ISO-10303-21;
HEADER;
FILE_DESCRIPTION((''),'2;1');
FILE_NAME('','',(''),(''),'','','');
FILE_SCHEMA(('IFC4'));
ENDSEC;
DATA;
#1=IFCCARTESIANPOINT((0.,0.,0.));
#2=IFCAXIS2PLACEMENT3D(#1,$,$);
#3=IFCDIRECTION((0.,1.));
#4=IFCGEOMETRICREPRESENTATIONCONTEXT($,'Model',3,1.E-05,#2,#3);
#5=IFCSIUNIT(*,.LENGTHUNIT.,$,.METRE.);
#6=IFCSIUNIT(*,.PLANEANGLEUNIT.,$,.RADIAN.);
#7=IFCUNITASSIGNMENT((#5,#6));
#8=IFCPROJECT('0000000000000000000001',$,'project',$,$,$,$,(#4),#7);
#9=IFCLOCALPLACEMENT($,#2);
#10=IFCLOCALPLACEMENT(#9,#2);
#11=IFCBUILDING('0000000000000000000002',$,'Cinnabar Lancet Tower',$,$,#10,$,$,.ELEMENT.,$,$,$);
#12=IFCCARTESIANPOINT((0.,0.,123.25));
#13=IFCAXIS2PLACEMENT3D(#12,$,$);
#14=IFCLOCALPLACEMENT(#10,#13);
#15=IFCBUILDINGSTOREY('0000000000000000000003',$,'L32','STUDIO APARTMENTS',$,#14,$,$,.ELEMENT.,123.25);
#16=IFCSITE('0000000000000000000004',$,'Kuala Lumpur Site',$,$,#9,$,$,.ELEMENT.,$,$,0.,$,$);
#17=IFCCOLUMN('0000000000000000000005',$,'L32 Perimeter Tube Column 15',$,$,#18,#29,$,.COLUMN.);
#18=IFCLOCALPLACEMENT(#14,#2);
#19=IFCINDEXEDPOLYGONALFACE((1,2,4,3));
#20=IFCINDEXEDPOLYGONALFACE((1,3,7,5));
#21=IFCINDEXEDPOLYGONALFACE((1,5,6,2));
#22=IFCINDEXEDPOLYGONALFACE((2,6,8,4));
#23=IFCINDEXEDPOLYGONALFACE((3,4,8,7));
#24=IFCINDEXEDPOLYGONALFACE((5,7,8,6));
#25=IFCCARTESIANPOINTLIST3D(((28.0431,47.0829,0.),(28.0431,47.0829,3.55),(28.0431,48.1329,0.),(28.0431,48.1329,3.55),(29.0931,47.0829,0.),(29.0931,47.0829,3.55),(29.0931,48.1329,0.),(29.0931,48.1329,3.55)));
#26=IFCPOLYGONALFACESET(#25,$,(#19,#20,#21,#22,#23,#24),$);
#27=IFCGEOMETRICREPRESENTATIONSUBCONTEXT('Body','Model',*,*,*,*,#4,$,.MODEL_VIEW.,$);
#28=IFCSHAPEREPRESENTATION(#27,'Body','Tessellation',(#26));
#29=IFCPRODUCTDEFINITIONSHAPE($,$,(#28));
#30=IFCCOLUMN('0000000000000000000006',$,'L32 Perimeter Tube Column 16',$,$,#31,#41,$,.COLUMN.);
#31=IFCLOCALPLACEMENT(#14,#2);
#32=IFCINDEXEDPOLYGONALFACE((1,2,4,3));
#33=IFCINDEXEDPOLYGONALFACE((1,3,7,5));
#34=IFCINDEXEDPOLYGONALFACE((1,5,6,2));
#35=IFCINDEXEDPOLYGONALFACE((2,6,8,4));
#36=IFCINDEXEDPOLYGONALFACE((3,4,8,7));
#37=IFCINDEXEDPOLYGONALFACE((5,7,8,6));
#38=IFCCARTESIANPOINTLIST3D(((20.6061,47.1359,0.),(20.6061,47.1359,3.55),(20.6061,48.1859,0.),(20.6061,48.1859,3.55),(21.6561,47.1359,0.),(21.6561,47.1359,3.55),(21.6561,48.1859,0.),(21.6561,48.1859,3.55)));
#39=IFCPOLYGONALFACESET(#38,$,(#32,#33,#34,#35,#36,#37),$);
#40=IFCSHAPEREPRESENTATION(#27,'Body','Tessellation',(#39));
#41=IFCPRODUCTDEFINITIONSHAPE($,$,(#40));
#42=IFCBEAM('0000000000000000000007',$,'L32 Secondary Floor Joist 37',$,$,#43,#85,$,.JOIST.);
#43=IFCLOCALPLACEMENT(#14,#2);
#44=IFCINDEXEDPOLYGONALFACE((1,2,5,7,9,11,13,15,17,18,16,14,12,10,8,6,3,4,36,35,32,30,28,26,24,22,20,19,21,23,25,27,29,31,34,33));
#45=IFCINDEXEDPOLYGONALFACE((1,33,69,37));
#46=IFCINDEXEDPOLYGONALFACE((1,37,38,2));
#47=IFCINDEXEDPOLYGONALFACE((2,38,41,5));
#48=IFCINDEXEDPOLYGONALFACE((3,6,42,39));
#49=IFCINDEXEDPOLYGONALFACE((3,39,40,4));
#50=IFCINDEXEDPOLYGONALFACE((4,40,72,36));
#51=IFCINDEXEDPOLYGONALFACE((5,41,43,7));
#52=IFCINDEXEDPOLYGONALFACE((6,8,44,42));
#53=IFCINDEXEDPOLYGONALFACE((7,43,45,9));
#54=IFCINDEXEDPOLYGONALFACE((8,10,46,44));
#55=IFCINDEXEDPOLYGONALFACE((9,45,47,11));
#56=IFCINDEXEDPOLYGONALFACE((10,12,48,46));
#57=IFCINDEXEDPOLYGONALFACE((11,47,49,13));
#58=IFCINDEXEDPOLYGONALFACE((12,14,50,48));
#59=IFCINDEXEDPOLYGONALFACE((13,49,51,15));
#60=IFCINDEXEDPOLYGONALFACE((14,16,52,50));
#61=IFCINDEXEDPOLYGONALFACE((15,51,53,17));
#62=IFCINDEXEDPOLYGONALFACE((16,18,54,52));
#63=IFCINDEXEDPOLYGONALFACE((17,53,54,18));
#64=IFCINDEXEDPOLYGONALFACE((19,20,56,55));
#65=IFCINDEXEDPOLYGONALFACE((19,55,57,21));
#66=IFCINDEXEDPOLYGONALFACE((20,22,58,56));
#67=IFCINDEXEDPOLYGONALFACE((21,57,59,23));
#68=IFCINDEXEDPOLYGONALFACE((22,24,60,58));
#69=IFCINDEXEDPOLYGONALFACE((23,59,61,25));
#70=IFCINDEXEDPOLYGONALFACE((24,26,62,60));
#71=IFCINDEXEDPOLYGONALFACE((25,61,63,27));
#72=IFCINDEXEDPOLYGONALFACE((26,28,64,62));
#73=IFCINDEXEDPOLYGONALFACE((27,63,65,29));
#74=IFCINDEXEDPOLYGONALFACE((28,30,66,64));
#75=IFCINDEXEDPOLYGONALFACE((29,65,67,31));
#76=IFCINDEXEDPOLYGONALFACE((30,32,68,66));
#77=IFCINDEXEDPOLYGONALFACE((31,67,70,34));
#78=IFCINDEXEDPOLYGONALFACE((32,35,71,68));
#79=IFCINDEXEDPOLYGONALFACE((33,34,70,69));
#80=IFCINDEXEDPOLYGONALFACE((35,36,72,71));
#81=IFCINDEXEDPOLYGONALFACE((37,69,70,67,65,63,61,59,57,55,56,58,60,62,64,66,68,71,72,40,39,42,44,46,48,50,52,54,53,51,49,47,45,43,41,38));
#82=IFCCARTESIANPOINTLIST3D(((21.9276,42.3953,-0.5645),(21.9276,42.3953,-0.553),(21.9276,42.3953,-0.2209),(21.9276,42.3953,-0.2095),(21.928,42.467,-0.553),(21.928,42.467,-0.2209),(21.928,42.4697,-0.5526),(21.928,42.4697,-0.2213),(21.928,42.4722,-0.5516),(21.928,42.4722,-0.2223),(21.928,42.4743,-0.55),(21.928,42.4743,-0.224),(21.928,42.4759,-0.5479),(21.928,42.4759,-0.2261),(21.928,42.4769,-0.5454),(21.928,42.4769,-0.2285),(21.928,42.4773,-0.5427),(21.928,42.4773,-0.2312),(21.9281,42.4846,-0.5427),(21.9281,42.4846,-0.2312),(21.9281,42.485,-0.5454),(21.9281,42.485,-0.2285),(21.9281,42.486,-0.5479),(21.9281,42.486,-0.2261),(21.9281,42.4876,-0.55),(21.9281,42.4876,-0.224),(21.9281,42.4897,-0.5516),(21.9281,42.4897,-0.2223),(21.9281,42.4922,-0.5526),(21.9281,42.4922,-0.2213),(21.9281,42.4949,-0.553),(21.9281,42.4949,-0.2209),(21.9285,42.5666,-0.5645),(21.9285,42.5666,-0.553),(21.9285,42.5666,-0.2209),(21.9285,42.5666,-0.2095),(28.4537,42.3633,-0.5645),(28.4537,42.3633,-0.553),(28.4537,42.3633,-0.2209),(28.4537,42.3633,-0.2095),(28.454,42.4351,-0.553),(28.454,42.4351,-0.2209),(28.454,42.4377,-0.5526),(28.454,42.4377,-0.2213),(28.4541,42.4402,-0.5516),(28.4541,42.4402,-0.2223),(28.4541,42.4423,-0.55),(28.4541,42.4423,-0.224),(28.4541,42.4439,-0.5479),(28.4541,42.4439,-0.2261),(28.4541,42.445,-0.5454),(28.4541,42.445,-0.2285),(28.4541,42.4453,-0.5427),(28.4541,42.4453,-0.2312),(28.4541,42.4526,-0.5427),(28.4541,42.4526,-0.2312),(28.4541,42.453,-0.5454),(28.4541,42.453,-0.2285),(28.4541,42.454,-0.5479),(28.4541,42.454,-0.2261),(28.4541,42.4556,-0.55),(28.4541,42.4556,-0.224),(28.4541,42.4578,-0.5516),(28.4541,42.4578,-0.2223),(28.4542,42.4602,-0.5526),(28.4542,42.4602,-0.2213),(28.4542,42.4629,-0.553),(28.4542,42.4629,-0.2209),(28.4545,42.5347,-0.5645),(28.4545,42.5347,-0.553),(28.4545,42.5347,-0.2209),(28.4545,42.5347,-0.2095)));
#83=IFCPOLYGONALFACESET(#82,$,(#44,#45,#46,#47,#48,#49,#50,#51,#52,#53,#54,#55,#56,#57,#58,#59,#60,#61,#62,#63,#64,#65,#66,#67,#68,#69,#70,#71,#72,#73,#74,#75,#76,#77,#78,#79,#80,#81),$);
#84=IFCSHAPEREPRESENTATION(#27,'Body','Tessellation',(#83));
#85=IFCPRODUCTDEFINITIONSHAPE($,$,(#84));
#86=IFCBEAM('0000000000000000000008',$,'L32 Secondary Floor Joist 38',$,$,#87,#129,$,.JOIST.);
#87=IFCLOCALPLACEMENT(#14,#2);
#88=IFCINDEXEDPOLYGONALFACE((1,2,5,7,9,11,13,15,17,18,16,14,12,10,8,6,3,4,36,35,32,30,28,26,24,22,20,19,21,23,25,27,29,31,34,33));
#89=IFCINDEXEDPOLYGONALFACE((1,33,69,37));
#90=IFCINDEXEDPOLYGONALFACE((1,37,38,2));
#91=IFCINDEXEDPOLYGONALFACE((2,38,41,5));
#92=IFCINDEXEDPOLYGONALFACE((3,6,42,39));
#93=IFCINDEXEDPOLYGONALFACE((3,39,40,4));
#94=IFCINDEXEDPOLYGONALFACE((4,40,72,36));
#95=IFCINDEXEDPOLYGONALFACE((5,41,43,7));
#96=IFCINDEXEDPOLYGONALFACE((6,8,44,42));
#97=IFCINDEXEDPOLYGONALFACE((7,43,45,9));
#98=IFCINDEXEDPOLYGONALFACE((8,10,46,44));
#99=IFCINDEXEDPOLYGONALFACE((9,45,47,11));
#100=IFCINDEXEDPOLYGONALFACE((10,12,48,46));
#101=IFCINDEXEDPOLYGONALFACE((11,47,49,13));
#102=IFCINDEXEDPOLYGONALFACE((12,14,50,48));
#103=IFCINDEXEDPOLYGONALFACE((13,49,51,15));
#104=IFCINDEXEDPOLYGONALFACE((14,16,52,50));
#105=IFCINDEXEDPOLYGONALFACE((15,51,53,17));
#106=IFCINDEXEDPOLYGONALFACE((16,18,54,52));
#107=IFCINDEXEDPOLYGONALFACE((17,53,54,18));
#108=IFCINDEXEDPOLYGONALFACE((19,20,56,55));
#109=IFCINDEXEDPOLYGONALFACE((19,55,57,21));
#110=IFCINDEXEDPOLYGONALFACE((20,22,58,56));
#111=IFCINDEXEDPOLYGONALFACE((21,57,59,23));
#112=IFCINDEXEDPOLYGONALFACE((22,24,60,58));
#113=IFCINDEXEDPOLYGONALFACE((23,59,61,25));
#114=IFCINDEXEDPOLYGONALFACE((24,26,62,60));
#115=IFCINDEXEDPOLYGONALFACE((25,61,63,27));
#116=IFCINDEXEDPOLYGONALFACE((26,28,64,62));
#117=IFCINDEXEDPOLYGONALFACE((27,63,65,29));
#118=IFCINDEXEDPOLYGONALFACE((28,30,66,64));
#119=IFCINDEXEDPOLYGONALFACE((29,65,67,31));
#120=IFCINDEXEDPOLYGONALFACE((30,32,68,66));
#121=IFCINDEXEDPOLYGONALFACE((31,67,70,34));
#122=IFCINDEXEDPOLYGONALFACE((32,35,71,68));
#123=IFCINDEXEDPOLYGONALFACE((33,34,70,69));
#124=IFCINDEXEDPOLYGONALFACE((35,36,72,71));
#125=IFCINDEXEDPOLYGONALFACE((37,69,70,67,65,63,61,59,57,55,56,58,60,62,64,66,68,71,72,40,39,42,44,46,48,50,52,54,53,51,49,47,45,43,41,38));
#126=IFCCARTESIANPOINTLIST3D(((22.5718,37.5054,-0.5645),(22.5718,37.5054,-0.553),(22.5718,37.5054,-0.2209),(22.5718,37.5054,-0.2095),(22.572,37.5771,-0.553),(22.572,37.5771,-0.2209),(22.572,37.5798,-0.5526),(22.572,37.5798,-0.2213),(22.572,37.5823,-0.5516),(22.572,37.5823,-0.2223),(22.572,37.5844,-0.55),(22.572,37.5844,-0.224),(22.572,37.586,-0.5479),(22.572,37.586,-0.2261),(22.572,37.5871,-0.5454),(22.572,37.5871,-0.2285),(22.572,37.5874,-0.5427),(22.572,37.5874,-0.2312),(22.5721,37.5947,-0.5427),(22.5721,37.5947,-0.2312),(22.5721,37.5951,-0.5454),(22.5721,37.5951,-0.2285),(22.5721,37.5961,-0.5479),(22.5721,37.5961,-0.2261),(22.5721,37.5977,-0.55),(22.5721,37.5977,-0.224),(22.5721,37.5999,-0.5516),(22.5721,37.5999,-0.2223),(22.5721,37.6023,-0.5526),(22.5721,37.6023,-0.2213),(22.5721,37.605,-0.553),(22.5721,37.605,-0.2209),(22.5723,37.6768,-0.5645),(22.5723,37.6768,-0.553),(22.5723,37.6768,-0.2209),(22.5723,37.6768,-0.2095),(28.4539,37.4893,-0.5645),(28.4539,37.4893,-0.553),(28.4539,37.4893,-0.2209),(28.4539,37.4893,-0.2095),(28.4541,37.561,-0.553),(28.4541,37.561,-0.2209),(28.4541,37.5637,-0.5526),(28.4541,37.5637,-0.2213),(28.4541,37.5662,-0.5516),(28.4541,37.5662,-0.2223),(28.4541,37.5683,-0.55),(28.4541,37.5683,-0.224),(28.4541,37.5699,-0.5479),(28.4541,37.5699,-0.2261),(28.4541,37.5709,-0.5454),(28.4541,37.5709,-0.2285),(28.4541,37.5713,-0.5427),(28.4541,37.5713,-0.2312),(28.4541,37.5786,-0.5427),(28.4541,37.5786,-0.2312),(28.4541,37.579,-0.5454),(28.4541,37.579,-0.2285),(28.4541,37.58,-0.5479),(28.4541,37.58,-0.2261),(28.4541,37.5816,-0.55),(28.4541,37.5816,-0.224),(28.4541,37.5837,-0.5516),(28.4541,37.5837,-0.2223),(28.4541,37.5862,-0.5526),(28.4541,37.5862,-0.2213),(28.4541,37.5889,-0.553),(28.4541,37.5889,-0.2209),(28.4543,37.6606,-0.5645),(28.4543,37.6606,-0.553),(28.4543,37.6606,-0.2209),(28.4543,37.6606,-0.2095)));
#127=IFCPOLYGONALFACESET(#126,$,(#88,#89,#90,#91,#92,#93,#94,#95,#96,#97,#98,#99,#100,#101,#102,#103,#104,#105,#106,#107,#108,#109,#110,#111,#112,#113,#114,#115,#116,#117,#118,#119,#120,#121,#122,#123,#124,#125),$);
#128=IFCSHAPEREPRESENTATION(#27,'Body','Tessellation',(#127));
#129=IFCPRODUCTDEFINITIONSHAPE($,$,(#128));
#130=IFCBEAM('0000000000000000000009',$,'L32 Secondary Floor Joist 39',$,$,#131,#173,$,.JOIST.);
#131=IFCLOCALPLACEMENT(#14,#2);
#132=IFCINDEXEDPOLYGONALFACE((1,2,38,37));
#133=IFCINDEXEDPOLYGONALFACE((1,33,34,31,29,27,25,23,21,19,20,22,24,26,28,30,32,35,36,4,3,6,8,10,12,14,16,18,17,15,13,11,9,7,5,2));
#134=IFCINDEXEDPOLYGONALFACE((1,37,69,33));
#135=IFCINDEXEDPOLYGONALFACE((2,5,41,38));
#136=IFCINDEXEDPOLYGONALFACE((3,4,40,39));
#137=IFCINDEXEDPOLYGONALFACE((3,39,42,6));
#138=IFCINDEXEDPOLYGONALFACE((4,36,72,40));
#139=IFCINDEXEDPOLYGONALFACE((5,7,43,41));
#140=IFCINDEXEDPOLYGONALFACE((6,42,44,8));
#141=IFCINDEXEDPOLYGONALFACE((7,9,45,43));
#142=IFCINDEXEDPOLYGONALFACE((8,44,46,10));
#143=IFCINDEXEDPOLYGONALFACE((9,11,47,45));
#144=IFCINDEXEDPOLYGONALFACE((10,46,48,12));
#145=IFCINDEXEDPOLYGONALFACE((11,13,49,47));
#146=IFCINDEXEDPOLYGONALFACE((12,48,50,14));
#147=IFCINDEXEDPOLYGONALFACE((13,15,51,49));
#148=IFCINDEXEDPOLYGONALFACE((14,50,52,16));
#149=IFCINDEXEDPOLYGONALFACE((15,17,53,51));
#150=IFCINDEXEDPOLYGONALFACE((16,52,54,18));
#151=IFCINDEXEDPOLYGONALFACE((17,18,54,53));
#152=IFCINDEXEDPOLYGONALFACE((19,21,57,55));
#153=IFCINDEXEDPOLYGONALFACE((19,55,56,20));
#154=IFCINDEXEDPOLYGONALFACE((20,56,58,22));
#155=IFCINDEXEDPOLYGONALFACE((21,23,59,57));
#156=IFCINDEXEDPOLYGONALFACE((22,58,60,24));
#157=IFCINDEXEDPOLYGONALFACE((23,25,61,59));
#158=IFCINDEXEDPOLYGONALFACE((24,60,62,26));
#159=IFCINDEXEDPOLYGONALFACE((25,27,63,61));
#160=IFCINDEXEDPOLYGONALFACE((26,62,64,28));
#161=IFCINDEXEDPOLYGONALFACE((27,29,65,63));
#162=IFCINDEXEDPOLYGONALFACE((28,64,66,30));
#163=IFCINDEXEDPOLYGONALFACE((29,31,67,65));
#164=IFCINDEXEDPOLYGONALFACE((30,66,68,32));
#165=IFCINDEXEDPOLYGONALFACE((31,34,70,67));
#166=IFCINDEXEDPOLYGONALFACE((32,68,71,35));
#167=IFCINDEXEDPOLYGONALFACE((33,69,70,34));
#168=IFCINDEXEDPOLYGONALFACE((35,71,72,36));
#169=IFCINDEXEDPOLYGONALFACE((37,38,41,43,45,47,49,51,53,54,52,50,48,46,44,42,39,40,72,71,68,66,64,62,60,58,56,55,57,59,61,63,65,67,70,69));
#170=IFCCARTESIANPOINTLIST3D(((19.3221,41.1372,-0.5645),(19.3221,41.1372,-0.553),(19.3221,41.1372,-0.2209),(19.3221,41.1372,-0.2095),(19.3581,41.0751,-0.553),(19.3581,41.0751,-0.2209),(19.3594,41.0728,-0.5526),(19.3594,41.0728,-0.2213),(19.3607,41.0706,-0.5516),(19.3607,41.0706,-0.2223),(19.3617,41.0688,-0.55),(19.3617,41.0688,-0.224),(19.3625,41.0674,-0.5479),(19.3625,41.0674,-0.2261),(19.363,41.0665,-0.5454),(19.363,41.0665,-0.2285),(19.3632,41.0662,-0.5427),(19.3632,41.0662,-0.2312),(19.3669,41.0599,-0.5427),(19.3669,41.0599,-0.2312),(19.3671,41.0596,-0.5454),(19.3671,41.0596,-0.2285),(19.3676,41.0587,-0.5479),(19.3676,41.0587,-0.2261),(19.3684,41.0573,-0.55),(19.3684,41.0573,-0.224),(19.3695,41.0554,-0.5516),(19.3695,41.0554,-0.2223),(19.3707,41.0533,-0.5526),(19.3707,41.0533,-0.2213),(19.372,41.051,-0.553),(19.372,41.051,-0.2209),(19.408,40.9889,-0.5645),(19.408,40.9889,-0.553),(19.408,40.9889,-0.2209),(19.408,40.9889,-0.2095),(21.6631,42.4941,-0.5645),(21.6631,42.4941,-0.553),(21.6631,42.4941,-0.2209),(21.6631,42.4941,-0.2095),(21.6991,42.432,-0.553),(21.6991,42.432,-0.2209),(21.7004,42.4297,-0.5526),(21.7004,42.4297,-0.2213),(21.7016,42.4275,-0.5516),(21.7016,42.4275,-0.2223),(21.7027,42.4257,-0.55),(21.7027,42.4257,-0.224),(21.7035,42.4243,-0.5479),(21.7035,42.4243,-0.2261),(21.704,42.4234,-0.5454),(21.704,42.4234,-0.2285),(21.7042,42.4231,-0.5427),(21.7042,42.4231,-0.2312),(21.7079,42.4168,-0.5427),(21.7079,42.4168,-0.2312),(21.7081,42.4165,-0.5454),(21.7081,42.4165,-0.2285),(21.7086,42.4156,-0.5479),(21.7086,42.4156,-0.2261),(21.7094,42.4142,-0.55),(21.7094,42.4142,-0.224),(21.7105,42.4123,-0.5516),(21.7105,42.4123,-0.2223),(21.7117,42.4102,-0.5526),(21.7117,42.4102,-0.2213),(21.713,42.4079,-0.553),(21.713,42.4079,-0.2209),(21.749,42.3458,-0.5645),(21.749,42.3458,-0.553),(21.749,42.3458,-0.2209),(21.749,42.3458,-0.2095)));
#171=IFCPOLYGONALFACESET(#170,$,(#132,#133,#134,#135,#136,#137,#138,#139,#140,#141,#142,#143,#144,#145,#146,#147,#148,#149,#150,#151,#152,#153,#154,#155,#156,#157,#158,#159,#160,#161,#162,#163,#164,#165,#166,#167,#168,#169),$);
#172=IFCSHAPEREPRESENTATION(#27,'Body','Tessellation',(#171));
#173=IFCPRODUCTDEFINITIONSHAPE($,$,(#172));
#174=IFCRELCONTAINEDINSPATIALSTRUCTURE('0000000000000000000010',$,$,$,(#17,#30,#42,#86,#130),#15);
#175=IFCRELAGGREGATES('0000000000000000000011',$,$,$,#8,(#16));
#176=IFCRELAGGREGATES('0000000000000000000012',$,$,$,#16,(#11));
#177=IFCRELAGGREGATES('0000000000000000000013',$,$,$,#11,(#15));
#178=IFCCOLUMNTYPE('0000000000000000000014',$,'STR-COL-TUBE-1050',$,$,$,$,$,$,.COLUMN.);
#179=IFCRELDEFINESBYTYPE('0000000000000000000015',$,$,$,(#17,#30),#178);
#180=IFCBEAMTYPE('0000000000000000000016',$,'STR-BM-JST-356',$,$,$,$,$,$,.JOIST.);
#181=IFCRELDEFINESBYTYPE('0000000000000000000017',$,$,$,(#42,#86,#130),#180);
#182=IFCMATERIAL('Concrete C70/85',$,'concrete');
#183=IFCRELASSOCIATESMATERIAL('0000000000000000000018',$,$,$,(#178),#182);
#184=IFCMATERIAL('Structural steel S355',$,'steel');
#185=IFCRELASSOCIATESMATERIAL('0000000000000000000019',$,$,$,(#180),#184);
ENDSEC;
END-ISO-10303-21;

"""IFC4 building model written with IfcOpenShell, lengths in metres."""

from ifc_helpers import new_model, si_unit, direction, frame, origin, origin_2d, place, context, subcontext, project, spatial, rectangle, i_section, extrude, material, material_profile, profile_set, type_object, element, save


model = new_model("IFC4")

# Units and contexts
model_context = context("Model", 3, precision=1e-05, world=origin(), true_north=direction((0.0, 1.0)))
body_context = subcontext(model_context, "Body", "Model", "MODEL_VIEW")
ifc_project = project(units=[si_unit("LENGTHUNIT", "METRE"), si_unit("PLANEANGLEUNIT", "RADIAN")], contexts=[model_context])

# Site, building, storey
site_placement = place(None, origin())
site = spatial("IfcSite", under=ifc_project, at=site_placement, Name="Kuala Lumpur Site", CompositionType="ELEMENT", RefElevation=0.0)
building_placement = place(site_placement, origin())
building = spatial("IfcBuilding", under=site, at=building_placement, Name="Cinnabar Lancet Tower", CompositionType="ELEMENT")
storey_placement = place(building_placement, frame((0.0, 0.0, 123.25)))
storey = spatial("IfcBuildingStorey", under=building, at=storey_placement, Name="L32", Description="STUDIO APARTMENTS", CompositionType="ELEMENT", Elevation=123.25)

# Columns
ifc_material_1 = material(Name="Concrete C70/85", Category="concrete")
ifc_material_profile_1 = material_profile(ifc_material_1, rectangle(XDim=1.05, YDim=1.05, at=origin_2d()), Name="RC-COL 1050x1050")
ifc_profile_set_1 = profile_set([ifc_material_profile_1], Name="Concrete C70/85")
column_type = type_object("IfcColumnType", Name="STR-COL-TUBE-1050", PredefinedType="COLUMN", material=ifc_profile_set_1)
for number, where, z_axis, x_axis, name in (
    (1, (28.5681, 47.6079, 0.0), (0.0, 0.0, 1.0), (1.0, 0.0, 0.0), "L32 Perimeter Tube Column 15"),
    (2, (21.1311, 47.6609, 0.0), (0.0, 0.0, 1.0), (1.0, 0.0, 0.0), "L32 Perimeter Tube Column 16"),
):
    element("IfcColumn", number, at=place(storey_placement, frame(where, z_axis=z_axis, x_axis=x_axis)), inside=storey, type_object=column_type, Name=name, PredefinedType="COLUMN", context=body_context, shape_type="SweptSolid", body=[
        extrude(rectangle(XDim=1.05, YDim=1.05, at=origin_2d()), origin(), (0.0, 0.0, 1.0), 3.55),
    ])

# Beams
ifc_material_2 = material(Name="Structural steel S355", Category="steel")
ifc_material_profile_2 = material_profile(ifc_material_2, i_section(OverallWidth=0.1714, OverallDepth=0.355, WebThickness=0.0073, FlangeThickness=0.0115, FilletRadius=0.0103, at=origin_2d()), Name="UKB 356x171x51")
ifc_profile_set_2 = profile_set([ifc_material_profile_2], Name="Structural steel S355")
beam_type_1 = type_object("IfcBeamType", Name="STR-BM-JST-356", PredefinedType="JOIST", material=ifc_profile_set_2)
beam_1_placement = place(storey_placement, frame((28.4541, 42.449, -0.387), z_axis=(-0.999988, 0.004901, 0.0), x_axis=(-0.004901, -0.999988, 0.0)))
element("IfcBeam", 3, at=beam_1_placement, inside=storey, type_object=beam_type_1, Name="L32 Secondary Floor Joist 37", PredefinedType="JOIST", context=body_context, shape_type="SweptSolid", body=[
    extrude(i_section(OverallWidth=0.1714, OverallDepth=0.355, WebThickness=0.0073, FlangeThickness=0.0115, FilletRadius=0.0103, at=origin_2d()), origin(), (0.0, 0.0, 1.0), 6.5261),
])
beam_2_placement = place(storey_placement, frame((28.4541, 37.575, -0.387), z_axis=(-0.999996, 0.002739, 0.0), x_axis=(-0.002739, -0.999996, 0.0)))
element("IfcBeam", 4, at=beam_2_placement, inside=storey, type_object=beam_type_1, Name="L32 Secondary Floor Joist 38", PredefinedType="JOIST", context=body_context, shape_type="SweptSolid", body=[
    extrude(i_section(OverallWidth=0.1714, OverallDepth=0.355, WebThickness=0.0073, FlangeThickness=0.0115, FilletRadius=0.0103, at=origin_2d()), origin(), (0.0, 0.0, 1.0), 5.8821),
])
beam_3_placement = place(storey_placement, frame((21.7061, 42.4199, -0.387), z_axis=(-0.865173, -0.501474, 0.0), x_axis=(0.501474, -0.865173, 0.0)))
element("IfcBeam", 5, at=beam_3_placement, inside=storey, type_object=beam_type_1, Name="L32 Secondary Floor Joist 39", PredefinedType="JOIST", context=body_context, shape_type="SweptSolid", body=[
    extrude(i_section(OverallWidth=0.1714, OverallDepth=0.355, WebThickness=0.0073, FlangeThickness=0.0115, FilletRadius=0.0103, at=origin_2d()), origin(), (0.0, 0.0, 1.0), 2.7058),
])

save(model, "model.ifc")
